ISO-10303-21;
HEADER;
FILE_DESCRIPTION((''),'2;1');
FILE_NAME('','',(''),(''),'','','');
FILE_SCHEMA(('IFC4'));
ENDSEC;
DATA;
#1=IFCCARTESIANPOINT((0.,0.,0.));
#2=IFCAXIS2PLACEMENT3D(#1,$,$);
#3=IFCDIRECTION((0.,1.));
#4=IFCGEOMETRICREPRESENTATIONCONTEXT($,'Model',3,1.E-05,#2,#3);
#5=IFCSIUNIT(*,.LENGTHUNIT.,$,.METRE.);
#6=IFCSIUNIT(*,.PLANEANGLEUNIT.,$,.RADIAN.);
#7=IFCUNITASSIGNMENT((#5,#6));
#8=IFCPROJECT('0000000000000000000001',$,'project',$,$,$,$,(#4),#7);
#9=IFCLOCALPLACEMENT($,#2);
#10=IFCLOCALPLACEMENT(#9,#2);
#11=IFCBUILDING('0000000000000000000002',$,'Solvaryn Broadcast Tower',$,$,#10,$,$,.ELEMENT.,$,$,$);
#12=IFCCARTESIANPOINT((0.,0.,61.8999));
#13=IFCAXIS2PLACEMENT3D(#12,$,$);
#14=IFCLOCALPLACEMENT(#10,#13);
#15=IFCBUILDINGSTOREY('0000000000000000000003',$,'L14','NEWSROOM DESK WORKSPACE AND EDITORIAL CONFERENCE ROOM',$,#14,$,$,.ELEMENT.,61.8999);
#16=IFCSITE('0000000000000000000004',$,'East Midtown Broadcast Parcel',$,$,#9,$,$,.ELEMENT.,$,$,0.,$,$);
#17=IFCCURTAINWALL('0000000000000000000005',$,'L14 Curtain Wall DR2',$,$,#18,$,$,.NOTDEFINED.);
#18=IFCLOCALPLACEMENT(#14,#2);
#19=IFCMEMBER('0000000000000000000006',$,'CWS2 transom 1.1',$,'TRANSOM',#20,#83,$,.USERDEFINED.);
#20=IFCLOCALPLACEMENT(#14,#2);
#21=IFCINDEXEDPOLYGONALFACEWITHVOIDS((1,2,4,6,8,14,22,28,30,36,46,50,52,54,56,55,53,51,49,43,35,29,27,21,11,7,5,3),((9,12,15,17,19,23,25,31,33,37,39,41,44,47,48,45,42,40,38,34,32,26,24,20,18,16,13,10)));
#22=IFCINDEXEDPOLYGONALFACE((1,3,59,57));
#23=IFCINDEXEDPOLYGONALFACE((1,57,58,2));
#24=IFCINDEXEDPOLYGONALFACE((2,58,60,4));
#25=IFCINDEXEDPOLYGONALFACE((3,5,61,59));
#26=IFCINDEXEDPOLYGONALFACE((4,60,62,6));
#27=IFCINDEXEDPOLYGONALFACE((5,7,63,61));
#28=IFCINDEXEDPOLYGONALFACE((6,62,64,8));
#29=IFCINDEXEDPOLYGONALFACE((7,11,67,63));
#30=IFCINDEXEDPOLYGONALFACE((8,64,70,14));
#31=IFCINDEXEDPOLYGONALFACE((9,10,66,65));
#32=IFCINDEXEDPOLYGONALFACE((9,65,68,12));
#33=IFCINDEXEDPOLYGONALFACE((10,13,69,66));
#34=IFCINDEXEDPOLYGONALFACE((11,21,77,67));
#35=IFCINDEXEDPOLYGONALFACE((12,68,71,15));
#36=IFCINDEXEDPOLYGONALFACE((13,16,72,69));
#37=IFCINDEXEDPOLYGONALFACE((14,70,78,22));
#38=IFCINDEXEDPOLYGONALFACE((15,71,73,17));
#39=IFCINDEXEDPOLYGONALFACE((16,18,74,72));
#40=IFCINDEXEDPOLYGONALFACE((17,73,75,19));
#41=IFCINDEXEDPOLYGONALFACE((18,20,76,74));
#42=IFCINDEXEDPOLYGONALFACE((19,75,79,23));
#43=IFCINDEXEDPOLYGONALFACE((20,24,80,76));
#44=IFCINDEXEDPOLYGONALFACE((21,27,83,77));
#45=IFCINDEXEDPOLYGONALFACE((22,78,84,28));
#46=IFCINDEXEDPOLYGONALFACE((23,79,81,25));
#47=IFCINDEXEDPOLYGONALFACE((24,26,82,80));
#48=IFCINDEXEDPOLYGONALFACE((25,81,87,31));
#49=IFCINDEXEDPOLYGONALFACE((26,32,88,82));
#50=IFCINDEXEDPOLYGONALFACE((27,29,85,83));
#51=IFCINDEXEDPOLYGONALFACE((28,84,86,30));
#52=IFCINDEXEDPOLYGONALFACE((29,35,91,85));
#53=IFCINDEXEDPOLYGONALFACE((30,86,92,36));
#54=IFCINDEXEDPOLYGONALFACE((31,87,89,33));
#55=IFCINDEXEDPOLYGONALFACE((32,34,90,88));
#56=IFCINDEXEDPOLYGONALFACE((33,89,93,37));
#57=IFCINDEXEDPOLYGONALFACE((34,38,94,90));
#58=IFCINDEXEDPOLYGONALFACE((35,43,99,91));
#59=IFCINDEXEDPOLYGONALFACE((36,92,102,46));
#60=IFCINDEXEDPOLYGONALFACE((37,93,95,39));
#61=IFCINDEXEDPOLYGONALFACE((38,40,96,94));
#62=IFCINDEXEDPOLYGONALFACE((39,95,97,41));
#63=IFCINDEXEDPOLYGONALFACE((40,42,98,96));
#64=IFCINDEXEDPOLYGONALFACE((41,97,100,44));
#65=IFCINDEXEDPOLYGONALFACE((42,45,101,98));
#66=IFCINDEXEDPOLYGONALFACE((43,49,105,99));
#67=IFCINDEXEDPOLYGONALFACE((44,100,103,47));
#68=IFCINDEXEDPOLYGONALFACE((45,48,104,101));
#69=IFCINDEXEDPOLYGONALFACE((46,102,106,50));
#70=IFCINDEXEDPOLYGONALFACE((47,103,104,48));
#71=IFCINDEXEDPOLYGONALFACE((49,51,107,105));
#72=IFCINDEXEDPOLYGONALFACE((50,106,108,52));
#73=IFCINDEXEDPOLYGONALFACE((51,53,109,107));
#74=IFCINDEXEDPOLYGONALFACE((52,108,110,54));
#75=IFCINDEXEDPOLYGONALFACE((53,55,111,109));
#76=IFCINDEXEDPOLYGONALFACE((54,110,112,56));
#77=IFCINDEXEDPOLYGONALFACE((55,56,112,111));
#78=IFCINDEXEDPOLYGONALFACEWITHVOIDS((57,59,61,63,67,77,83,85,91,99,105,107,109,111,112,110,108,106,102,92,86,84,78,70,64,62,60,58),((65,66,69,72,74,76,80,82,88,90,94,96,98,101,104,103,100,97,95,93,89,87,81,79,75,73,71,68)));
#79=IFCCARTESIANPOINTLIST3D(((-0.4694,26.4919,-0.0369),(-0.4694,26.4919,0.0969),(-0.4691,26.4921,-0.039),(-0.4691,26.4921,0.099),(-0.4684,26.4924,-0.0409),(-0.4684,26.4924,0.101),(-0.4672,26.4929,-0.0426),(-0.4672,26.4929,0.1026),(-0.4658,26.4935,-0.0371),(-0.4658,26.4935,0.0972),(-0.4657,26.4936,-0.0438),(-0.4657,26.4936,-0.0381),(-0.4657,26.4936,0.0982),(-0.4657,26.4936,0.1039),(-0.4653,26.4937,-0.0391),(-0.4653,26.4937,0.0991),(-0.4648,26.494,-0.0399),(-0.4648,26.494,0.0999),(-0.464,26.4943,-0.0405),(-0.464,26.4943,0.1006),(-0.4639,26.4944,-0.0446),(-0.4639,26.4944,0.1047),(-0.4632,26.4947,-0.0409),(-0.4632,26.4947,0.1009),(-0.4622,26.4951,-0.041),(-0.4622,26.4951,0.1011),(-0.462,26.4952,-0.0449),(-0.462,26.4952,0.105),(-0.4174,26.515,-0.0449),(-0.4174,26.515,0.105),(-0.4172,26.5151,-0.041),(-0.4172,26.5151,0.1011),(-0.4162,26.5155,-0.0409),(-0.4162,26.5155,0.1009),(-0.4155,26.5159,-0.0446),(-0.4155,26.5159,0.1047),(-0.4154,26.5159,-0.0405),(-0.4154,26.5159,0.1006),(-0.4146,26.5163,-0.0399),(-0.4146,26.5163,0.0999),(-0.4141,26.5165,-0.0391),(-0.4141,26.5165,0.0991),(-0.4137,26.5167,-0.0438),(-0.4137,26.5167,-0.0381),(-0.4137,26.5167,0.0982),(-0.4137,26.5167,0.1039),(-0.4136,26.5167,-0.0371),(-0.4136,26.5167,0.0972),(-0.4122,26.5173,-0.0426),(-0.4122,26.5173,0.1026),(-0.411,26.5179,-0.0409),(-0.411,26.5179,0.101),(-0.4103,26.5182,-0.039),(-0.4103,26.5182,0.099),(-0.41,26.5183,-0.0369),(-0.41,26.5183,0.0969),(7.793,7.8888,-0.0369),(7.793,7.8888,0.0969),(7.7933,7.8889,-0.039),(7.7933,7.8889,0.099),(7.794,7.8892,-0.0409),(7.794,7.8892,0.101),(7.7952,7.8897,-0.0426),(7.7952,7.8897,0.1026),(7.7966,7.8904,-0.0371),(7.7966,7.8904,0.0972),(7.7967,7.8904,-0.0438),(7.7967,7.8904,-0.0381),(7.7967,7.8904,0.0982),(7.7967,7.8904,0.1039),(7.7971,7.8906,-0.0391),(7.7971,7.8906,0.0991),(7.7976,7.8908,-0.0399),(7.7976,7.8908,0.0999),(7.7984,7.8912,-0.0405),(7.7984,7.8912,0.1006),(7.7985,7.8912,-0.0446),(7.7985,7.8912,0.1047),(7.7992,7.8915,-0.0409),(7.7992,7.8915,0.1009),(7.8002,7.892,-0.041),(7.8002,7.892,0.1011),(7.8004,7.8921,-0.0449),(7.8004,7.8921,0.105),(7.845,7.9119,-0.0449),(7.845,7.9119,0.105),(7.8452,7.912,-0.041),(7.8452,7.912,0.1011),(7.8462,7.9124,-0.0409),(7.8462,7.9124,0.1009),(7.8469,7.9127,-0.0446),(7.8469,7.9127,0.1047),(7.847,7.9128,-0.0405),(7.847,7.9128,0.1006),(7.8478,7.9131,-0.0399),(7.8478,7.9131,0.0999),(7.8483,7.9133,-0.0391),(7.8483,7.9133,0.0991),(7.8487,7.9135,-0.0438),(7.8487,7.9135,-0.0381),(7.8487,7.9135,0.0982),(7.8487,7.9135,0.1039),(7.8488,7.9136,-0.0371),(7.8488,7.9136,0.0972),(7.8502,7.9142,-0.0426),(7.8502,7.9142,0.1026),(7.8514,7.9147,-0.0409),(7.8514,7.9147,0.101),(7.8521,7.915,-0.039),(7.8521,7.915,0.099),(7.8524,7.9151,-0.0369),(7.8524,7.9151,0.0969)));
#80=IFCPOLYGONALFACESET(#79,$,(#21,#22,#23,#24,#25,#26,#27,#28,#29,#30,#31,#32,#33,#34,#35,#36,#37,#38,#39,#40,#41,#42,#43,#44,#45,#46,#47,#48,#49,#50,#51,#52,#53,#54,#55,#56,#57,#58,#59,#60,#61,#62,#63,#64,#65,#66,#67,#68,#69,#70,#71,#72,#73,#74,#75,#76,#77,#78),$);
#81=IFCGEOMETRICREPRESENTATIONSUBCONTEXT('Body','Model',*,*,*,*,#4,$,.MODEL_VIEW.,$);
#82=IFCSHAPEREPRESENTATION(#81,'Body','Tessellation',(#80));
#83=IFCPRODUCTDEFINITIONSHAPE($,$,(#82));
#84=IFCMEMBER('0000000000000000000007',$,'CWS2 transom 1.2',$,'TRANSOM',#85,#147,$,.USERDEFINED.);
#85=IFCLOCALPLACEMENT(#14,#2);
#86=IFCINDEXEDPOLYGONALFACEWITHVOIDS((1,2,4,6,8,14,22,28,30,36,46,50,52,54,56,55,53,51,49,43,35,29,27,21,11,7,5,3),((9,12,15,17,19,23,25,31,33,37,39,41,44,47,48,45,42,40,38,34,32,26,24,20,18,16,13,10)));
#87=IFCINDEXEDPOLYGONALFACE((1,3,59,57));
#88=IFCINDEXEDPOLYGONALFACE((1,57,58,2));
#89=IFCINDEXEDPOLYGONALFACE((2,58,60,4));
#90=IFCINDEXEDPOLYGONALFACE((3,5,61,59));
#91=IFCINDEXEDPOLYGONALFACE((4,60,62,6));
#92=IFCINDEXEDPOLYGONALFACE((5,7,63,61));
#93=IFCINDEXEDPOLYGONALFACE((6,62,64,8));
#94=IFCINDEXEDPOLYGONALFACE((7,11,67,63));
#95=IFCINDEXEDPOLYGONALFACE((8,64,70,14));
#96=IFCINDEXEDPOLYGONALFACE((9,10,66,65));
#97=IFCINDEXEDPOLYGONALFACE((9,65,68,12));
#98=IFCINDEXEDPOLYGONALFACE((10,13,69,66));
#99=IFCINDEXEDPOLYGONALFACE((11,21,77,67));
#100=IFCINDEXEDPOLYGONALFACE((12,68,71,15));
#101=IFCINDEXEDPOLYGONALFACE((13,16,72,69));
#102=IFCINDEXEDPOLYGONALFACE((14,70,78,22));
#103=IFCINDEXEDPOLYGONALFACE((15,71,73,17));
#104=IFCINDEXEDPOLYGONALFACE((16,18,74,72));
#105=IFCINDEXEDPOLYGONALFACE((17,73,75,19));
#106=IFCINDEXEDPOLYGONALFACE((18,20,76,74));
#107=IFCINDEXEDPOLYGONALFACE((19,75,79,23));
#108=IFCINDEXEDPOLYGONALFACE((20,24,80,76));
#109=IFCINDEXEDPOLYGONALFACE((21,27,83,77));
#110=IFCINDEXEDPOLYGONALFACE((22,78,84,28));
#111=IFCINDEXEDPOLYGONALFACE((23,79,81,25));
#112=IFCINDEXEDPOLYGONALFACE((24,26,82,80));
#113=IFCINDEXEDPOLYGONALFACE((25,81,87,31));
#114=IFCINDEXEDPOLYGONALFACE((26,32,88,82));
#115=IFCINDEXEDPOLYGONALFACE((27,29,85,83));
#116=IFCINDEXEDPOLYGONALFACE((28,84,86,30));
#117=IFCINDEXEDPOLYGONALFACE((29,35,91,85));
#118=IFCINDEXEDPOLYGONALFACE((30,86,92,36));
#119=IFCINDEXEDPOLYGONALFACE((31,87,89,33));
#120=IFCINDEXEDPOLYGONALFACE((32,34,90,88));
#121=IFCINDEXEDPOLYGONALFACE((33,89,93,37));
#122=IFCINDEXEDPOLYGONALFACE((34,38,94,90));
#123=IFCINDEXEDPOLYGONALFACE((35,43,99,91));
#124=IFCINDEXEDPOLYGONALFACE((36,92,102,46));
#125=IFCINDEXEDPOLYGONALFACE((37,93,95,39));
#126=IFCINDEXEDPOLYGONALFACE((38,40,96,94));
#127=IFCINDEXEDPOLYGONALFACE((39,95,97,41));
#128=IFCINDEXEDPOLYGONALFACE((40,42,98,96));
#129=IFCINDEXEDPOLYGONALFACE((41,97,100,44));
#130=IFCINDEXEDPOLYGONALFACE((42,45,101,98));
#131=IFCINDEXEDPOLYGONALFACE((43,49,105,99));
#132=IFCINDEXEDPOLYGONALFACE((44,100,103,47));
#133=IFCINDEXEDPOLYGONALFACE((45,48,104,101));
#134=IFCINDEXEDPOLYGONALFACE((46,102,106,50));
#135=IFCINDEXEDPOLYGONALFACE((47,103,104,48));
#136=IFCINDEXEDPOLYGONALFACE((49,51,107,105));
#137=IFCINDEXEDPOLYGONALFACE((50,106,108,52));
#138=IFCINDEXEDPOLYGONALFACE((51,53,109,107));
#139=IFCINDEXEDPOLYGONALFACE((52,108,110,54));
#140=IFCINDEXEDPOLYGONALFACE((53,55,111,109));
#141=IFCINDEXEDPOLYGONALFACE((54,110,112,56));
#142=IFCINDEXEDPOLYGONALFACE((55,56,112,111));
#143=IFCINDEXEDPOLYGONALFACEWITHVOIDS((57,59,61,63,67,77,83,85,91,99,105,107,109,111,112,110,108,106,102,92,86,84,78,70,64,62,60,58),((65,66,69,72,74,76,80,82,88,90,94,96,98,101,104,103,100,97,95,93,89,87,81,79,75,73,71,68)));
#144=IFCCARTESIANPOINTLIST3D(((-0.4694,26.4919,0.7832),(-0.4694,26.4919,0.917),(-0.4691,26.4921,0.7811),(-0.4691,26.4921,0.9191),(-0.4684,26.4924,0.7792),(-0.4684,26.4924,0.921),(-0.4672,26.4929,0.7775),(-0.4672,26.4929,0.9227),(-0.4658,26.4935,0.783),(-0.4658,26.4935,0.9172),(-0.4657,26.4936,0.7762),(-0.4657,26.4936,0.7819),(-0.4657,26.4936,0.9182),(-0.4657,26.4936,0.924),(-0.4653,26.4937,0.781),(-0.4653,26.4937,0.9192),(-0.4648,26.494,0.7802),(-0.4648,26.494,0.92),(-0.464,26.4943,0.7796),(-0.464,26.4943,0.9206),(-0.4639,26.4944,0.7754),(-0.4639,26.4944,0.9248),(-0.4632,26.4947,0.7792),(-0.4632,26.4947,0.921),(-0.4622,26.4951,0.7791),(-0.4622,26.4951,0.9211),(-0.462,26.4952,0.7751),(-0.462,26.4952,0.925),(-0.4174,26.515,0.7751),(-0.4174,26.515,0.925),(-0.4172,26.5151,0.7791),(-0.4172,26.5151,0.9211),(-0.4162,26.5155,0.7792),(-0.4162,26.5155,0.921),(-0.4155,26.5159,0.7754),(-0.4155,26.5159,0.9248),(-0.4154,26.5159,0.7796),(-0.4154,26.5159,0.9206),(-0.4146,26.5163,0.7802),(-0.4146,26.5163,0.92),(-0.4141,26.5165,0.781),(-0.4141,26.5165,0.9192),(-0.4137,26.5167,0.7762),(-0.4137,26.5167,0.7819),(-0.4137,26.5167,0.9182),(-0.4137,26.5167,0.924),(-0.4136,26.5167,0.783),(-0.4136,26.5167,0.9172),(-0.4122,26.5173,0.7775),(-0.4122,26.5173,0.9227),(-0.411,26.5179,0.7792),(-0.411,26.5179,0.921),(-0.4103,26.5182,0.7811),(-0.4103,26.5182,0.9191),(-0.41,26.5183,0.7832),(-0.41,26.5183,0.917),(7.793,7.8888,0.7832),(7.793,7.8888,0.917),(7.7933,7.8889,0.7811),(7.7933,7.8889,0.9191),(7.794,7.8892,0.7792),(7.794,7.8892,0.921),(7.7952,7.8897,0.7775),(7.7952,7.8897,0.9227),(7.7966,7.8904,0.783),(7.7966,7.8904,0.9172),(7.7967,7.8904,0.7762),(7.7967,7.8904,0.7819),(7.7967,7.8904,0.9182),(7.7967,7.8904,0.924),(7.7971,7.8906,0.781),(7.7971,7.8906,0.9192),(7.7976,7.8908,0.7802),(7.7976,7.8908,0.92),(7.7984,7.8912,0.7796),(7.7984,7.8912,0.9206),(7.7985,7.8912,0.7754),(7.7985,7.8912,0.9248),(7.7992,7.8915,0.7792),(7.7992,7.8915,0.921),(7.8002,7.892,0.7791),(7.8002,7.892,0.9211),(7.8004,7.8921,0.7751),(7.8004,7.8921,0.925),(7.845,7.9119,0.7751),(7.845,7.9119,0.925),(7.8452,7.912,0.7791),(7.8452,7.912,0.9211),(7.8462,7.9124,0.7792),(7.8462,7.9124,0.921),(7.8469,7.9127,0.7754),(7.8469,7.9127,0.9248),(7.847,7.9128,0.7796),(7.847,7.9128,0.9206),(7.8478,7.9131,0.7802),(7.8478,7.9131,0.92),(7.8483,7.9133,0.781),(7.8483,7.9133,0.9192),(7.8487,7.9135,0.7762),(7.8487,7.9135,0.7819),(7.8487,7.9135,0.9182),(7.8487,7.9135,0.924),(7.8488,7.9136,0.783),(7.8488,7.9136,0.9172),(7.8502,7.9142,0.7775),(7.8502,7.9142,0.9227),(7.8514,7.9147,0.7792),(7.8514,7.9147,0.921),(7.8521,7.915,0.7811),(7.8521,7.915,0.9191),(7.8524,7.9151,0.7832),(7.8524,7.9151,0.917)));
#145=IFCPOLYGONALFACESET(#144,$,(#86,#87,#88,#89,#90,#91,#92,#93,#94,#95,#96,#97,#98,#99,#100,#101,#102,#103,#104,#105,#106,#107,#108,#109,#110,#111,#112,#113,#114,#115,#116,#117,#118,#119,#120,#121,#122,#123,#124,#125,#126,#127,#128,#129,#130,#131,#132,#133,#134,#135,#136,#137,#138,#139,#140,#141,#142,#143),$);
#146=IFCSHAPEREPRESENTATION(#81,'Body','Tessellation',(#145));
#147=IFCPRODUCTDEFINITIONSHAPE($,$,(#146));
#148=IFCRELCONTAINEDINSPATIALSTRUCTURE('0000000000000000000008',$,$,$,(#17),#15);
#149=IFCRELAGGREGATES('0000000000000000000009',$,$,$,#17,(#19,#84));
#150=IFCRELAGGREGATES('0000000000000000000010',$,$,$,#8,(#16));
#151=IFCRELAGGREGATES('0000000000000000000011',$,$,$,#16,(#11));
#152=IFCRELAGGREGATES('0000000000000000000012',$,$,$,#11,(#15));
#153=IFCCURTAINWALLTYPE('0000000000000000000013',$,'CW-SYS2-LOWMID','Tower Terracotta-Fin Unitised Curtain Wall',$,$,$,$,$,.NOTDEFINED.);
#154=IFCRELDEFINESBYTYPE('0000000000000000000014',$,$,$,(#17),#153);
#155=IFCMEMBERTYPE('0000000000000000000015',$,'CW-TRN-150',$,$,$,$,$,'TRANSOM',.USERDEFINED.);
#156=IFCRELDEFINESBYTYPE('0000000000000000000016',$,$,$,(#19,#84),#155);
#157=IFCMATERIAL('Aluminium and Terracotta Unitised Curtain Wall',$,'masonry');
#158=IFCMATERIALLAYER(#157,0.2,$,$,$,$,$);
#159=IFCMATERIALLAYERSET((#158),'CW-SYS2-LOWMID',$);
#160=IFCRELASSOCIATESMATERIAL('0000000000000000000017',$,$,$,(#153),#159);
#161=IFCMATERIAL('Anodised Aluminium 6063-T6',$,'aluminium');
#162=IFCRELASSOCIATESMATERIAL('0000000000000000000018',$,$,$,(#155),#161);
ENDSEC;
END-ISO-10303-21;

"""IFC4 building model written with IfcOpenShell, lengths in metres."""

from ifc_helpers import new_model, si_unit, direction, frame, origin, origin_2d, place, context, subcontext, project, spatial, hollow_rectangle, extrude, material, layer, layer_set, material_profile, profile_set, type_object, element, aggregate, save


model = new_model("IFC4")

# Units and contexts
model_context = context("Model", 3, precision=1e-05, world=origin(), true_north=direction((0.0, 1.0)))
body_context = subcontext(model_context, "Body", "Model", "MODEL_VIEW")
ifc_project = project(units=[si_unit("LENGTHUNIT", "METRE"), si_unit("PLANEANGLEUNIT", "RADIAN")], contexts=[model_context])

# Site, building, storey
site_placement = place(None, origin())
site = spatial("IfcSite", under=ifc_project, at=site_placement, Name="East Midtown Broadcast Parcel", CompositionType="ELEMENT", RefElevation=0.0)
building_placement = place(site_placement, origin())
building = spatial("IfcBuilding", under=site, at=building_placement, Name="Solvaryn Broadcast Tower", CompositionType="ELEMENT")
storey_placement = place(building_placement, frame((0.0, 0.0, 61.8999)))
storey = spatial("IfcBuildingStorey", under=building, at=storey_placement, Name="L14", Description="NEWSROOM DESK WORKSPACE AND EDITORIAL CONFERENCE ROOM", CompositionType="ELEMENT", Elevation=61.8999)

# Shared definitions
ifc_material_1 = material(Name="Aluminium and Terracotta Unitised Curtain Wall", Category="masonry")
ifc_layer_1 = layer(ifc_material_1, 0.2)
ifc_layer_set_1 = layer_set([ifc_layer_1], Name="CW-SYS2-LOWMID")
curtain_wall_type = type_object("IfcCurtainWallType", Name="CW-SYS2-LOWMID", Description="Tower Terracotta-Fin Unitised Curtain Wall", PredefinedType="NOTDEFINED", material=ifc_layer_set_1)

# Curtain wall, members
curtain_wall_1_placement = place(storey_placement, origin())
curtain_wall_1 = element("IfcCurtainWall", 1, at=curtain_wall_1_placement, inside=storey, type_object=curtain_wall_type, Name="L14 Curtain Wall DR2", PredefinedType="NOTDEFINED")
ifc_material_2 = material(Name="Anodised Aluminium 6063-T6", Category="aluminium")
ifc_material_profile_1 = material_profile(ifc_material_2, hollow_rectangle(XDim=0.0649, YDim=0.1499, WallThickness=0.0039, InnerFilletRadius=0.0039, OuterFilletRadius=0.0081, at=origin_2d()))
ifc_profile_set_1 = profile_set([ifc_material_profile_1], Name="Anodised Aluminium 6063-T6")
member_type_1 = type_object("IfcMemberType", Name="CW-TRN-150", ElementType="TRANSOM", PredefinedType="USERDEFINED", material=ifc_profile_set_1)
member_1_placement = place(storey_placement, frame((-0.4397, 26.5051, 0.03), z_axis=(0.405906, -0.913915, 0.0), x_axis=(0.913915, 0.405906, 0.0)))
member_1 = element("IfcMember", 2, at=member_1_placement, type_object=member_type_1, Name="CWS2 transom 1.1", ObjectType="TRANSOM", PredefinedType="USERDEFINED", context=body_context, shape_type="SweptSolid", body=[
    extrude(hollow_rectangle(XDim=0.0649, YDim=0.1499, WallThickness=0.0039, InnerFilletRadius=0.0039, OuterFilletRadius=0.0081, at=origin_2d()), origin(), (0.0, 0.0, 1.0), 20.3555),
])
member_2_placement = place(storey_placement, frame((-0.4397, 26.5051, 0.8501), z_axis=(0.405906, -0.913915, 0.0), x_axis=(0.913915, 0.405906, 0.0)))
member_2 = element("IfcMember", 3, at=member_2_placement, type_object=member_type_1, Name="CWS2 transom 1.2", ObjectType="TRANSOM", PredefinedType="USERDEFINED", context=body_context, shape_type="SweptSolid", body=[
    extrude(hollow_rectangle(XDim=0.0649, YDim=0.1499, WallThickness=0.0039, InnerFilletRadius=0.0039, OuterFilletRadius=0.0081, at=origin_2d()), origin(), (0.0, 0.0, 1.0), 20.3555),
])
aggregate(curtain_wall_1, [member_1, member_2])

save(model, "model.ifc")
